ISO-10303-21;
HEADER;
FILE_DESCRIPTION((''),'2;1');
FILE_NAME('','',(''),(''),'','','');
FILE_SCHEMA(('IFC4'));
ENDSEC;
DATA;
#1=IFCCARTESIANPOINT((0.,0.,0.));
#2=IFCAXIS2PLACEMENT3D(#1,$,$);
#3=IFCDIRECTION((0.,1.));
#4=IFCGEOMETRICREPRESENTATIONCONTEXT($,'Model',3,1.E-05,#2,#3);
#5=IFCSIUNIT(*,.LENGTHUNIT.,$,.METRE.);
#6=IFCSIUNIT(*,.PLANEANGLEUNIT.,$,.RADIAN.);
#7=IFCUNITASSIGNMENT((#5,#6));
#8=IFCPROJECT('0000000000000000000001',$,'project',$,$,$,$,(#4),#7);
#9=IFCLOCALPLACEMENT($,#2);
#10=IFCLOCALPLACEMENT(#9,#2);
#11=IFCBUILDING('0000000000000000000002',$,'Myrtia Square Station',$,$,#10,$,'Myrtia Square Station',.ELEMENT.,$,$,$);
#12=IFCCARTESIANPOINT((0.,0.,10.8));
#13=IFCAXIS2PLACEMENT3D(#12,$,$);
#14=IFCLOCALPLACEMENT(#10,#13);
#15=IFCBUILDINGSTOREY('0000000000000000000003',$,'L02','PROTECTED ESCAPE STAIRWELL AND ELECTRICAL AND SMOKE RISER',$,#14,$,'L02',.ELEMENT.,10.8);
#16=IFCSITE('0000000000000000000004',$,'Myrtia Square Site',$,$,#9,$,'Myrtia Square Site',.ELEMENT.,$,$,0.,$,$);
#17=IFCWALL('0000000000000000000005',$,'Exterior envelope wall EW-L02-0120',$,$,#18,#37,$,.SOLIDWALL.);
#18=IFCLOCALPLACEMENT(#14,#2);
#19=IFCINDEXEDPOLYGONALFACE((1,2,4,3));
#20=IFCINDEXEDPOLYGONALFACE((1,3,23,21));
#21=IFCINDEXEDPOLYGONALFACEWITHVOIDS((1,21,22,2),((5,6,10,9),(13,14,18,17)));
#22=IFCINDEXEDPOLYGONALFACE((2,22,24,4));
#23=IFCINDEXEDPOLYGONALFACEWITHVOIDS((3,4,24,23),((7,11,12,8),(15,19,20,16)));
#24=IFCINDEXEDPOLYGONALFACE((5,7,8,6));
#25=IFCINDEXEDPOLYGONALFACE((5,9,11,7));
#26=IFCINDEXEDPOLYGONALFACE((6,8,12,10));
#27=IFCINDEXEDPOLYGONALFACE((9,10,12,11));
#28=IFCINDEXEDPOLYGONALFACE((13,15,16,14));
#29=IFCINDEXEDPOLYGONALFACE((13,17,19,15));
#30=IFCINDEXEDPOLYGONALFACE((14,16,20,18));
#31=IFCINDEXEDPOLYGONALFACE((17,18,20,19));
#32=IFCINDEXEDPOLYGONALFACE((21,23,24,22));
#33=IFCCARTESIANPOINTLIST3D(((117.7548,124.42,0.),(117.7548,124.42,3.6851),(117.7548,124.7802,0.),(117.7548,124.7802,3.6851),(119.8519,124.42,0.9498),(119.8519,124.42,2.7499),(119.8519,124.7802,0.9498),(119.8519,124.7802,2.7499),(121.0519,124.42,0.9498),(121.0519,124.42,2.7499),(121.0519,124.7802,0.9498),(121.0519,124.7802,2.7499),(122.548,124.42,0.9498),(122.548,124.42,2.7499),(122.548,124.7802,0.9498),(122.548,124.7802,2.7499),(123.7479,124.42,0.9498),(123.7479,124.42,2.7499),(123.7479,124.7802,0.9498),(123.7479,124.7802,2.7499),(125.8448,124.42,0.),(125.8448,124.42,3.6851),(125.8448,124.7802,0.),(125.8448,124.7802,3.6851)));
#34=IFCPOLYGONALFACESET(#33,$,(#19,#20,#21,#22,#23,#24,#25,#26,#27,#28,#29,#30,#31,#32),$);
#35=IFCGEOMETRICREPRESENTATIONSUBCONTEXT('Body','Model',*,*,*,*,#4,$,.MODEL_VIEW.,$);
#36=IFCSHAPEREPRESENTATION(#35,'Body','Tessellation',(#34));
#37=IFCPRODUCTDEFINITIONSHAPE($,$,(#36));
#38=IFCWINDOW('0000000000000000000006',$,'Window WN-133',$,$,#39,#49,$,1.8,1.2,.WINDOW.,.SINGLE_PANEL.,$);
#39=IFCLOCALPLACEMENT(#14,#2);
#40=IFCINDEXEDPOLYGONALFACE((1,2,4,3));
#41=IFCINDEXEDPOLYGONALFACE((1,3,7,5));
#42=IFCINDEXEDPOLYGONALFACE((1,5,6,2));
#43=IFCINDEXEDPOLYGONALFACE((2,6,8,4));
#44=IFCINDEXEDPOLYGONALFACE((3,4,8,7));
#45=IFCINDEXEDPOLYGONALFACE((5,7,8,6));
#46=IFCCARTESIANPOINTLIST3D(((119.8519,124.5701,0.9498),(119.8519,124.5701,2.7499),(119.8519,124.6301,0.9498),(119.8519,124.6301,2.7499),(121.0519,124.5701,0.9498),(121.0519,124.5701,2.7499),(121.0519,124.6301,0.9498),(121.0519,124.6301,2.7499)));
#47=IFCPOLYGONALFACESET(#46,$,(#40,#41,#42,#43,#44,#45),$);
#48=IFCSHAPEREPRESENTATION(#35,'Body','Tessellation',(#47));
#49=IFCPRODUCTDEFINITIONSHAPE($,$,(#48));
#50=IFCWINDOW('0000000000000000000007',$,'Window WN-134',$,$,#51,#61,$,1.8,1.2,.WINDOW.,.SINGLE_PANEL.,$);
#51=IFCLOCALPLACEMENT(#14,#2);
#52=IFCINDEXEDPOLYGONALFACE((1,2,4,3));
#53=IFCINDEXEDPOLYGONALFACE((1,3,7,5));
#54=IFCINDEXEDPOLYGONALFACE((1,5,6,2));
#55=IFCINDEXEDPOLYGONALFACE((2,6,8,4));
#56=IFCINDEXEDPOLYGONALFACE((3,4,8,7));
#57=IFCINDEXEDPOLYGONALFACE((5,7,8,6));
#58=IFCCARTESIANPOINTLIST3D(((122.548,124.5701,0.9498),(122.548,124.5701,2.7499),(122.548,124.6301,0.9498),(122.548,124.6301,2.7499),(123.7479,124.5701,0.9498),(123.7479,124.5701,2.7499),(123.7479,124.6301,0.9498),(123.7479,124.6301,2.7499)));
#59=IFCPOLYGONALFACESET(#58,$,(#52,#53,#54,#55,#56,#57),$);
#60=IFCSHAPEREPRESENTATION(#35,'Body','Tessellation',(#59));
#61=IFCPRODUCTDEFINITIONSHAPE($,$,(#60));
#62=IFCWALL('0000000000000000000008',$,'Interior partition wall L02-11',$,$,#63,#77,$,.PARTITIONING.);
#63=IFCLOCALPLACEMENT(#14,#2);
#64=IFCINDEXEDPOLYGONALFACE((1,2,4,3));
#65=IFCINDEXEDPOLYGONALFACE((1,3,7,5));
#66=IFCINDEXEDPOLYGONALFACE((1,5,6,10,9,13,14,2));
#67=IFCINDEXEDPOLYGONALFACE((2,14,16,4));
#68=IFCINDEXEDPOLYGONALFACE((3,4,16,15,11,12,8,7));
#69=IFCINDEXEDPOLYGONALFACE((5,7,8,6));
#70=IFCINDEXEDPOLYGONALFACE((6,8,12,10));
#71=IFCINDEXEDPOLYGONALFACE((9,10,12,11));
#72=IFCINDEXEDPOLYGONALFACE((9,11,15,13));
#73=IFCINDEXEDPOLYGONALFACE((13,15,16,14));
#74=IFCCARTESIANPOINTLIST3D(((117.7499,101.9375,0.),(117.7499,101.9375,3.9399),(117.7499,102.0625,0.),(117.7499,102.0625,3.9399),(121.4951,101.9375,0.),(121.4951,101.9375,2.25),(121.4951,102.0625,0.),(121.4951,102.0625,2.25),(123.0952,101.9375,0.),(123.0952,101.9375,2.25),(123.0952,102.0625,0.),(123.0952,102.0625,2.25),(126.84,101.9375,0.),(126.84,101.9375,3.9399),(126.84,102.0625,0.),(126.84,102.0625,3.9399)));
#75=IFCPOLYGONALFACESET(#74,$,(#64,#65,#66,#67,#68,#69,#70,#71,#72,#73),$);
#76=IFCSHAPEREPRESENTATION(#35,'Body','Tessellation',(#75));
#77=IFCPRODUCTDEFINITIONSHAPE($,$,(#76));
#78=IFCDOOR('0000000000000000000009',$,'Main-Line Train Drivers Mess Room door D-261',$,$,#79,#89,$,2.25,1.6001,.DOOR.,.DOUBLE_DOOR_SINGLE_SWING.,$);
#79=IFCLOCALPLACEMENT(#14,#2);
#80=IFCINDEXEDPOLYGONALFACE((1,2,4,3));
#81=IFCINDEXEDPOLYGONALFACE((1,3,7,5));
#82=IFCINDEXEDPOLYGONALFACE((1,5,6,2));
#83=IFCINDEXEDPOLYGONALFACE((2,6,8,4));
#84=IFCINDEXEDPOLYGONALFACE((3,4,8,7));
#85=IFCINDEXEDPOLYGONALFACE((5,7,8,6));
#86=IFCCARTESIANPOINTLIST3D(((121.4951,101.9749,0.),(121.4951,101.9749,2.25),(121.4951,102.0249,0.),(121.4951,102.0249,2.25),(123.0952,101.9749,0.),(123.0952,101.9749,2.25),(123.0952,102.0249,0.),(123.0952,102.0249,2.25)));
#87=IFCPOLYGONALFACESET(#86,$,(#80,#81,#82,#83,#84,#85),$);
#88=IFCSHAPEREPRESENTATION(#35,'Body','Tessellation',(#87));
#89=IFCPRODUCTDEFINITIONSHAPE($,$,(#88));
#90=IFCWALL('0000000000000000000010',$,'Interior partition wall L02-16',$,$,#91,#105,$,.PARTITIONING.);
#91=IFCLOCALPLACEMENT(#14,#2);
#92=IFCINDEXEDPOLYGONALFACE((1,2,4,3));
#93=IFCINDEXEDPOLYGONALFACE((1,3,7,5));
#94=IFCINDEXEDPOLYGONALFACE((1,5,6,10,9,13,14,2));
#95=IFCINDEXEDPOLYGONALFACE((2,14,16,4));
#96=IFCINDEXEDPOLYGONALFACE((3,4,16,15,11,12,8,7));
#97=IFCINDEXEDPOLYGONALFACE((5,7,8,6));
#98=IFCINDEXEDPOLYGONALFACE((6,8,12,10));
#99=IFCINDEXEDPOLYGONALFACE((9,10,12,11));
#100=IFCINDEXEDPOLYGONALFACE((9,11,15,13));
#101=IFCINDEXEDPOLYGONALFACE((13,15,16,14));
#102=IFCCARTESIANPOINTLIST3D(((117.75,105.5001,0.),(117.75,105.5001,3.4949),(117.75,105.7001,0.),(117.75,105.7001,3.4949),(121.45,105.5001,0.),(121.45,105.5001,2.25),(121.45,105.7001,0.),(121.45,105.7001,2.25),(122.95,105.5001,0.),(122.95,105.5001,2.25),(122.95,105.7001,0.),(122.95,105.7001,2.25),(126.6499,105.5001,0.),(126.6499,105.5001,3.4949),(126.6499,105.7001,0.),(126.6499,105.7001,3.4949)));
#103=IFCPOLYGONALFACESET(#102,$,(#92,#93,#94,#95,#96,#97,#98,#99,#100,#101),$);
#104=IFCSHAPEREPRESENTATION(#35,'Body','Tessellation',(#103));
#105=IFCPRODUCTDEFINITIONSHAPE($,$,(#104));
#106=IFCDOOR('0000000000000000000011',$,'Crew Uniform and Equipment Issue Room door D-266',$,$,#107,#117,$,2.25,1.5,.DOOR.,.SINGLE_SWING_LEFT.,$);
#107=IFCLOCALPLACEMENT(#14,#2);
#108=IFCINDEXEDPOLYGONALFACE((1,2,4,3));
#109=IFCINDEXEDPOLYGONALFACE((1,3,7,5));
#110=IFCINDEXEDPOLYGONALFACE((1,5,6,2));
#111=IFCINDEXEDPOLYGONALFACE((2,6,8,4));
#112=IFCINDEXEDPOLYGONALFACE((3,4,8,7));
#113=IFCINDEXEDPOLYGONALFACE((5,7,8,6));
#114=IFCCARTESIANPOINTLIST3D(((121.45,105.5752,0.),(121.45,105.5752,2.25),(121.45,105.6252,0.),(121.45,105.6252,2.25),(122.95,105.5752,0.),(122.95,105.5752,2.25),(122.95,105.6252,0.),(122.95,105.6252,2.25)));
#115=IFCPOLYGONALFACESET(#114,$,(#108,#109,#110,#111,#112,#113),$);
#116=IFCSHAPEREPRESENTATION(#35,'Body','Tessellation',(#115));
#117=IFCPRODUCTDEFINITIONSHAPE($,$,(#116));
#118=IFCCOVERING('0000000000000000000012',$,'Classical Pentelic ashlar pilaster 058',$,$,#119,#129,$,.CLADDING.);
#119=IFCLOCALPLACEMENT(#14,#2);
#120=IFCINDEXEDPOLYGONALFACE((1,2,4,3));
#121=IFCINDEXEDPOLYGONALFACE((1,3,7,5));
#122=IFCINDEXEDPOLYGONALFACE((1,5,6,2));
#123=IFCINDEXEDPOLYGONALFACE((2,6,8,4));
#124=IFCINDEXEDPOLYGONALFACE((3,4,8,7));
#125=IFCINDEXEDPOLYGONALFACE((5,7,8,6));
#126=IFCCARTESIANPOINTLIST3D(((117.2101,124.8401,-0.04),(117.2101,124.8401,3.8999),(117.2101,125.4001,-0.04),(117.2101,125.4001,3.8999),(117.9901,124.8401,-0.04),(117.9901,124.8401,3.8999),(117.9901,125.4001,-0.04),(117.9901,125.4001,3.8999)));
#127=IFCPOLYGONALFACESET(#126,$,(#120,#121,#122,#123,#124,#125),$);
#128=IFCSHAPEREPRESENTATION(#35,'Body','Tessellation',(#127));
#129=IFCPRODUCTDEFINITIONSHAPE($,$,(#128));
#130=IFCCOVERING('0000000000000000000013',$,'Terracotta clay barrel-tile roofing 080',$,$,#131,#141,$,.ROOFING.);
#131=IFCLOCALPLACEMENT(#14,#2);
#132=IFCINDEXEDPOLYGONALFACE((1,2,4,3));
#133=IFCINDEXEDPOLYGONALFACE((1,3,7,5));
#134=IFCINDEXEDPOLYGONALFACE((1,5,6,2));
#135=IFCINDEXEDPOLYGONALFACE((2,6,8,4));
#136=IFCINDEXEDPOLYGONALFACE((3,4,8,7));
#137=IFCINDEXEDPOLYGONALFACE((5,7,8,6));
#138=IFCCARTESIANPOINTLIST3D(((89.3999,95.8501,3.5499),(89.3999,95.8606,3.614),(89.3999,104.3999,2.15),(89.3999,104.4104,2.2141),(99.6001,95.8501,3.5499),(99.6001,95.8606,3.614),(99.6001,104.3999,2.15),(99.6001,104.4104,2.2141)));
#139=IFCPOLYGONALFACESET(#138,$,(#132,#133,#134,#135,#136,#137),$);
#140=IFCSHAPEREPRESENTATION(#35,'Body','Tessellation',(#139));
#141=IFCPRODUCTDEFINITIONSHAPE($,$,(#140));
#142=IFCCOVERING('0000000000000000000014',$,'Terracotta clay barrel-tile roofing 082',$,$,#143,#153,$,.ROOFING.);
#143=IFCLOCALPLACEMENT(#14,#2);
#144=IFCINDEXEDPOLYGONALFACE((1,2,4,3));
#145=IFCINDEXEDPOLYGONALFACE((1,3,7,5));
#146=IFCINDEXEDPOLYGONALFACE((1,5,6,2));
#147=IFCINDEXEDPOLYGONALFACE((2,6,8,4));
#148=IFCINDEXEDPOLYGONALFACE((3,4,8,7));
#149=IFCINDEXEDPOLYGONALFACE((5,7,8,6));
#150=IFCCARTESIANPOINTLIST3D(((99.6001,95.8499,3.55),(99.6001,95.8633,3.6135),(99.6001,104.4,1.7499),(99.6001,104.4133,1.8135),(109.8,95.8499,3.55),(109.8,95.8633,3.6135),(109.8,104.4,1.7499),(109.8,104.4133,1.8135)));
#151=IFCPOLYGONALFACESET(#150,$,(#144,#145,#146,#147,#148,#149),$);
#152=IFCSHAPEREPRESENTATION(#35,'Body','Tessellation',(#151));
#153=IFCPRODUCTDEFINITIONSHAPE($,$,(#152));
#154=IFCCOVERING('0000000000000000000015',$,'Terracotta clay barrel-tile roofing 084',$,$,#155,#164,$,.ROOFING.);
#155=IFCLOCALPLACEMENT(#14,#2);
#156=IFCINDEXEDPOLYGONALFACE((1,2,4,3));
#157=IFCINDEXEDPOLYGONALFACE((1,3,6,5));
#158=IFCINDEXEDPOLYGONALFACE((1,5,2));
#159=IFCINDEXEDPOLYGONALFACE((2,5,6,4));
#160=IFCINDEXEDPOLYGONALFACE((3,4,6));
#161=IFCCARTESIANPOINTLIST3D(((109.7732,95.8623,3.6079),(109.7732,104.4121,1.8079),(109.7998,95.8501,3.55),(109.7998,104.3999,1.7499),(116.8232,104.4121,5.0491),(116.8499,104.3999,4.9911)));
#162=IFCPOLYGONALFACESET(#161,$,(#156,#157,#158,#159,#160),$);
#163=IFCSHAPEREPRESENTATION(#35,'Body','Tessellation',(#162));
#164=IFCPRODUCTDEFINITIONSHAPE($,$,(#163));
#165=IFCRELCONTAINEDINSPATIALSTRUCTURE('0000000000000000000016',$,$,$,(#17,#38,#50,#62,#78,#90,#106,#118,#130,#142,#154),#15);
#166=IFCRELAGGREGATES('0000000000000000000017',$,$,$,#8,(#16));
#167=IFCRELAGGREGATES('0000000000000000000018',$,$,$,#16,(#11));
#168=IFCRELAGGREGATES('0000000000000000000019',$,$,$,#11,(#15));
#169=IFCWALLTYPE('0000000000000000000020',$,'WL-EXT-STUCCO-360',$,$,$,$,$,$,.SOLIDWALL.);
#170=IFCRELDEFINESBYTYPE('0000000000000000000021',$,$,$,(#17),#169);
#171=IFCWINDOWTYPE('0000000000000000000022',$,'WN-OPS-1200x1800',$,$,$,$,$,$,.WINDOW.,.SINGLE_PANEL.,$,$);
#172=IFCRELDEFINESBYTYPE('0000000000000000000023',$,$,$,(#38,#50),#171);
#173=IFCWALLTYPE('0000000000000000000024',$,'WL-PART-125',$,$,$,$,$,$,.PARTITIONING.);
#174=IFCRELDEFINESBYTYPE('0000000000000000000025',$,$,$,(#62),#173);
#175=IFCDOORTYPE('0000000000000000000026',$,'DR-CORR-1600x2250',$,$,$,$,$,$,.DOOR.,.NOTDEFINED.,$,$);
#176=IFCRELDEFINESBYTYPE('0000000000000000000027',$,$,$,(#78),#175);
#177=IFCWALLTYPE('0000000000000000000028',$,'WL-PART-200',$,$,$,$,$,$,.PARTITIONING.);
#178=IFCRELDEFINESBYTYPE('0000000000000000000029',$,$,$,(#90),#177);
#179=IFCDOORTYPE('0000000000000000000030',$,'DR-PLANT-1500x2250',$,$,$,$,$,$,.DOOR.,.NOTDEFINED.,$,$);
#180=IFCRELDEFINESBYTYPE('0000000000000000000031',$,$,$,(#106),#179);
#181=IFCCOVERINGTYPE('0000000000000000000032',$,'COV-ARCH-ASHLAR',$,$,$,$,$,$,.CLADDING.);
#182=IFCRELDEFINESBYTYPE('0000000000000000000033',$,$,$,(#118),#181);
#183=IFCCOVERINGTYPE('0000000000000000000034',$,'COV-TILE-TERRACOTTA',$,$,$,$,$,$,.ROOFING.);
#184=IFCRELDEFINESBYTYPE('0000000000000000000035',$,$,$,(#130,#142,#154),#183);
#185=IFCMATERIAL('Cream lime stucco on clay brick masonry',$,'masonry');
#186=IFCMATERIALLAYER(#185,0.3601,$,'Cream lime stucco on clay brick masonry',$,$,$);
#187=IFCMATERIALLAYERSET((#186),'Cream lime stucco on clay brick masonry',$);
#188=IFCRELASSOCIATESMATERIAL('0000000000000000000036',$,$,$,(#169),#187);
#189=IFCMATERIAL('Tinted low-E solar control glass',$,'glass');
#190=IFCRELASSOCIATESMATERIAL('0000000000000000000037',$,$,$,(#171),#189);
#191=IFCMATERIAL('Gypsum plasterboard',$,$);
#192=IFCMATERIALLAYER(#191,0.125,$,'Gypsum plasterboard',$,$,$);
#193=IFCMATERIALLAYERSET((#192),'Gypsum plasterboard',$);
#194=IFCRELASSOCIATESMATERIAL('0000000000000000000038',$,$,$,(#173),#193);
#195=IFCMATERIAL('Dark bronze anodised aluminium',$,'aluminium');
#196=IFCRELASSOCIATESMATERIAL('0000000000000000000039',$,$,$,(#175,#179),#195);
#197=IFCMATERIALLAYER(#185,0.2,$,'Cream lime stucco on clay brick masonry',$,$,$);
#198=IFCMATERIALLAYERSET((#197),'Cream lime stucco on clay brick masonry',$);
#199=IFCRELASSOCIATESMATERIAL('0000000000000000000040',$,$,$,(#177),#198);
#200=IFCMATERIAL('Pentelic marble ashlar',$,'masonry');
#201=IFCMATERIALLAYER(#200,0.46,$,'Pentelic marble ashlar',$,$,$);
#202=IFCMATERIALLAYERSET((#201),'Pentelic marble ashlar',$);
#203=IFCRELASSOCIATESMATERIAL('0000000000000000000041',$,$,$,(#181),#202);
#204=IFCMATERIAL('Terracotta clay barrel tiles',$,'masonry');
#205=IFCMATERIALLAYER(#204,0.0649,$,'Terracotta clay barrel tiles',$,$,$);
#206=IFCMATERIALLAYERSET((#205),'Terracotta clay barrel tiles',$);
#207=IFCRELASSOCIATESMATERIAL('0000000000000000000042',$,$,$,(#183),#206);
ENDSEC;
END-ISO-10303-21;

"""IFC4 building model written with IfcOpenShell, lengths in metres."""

from ifc_helpers import new_model, si_unit, direction, frame, frame_2d, origin, origin_2d, place, context, subcontext, project, spatial, polyline, rectangle, outline, extrude, material, layer, layer_set, type_object, element, fill, save


model = new_model("IFC4")

# Units and contexts
model_context = context("Model", 3, precision=1e-05, world=origin(), true_north=direction((0.0, 1.0)))
body_context = subcontext(model_context, "Body", "Model", "MODEL_VIEW")
ifc_project = project(units=[si_unit("LENGTHUNIT", "METRE"), si_unit("PLANEANGLEUNIT", "RADIAN")], contexts=[model_context])

# Site, building, storey
site_placement = place(None, origin())
site = spatial("IfcSite", under=ifc_project, at=site_placement, Name="Myrtia Square Site", LongName="Myrtia Square Site", CompositionType="ELEMENT", RefElevation=0.0)
building_placement = place(site_placement, origin())
building = spatial("IfcBuilding", under=site, at=building_placement, Name="Myrtia Square Station", LongName="Myrtia Square Station", CompositionType="ELEMENT")
storey_placement = place(building_placement, frame((0.0, 0.0, 10.8)))
storey = spatial("IfcBuildingStorey", under=building, at=storey_placement, Name="L02", Description="PROTECTED ESCAPE STAIRWELL AND ELECTRICAL AND SMOKE RISER", LongName="L02", CompositionType="ELEMENT", Elevation=10.8)

# Wall, openings, windows
ifc_material_1 = material(Name="Cream lime stucco on clay brick masonry", Category="masonry")
ifc_layer_1 = layer(ifc_material_1, 0.3601, Name="Cream lime stucco on clay brick masonry")
ifc_layer_set_1 = layer_set([ifc_layer_1], Name="Cream lime stucco on clay brick masonry")
wall_type_1 = type_object("IfcWallType", Name="WL-EXT-STUCCO-360", PredefinedType="SOLIDWALL", material=ifc_layer_set_1)
wall_1_placement = place(storey_placement, frame((117.7549, 124.6001, 0.0), z_axis=(0.0, 0.0, 1.0), x_axis=(1.0, 0.0, 0.0)))
wall_1 = element("IfcWall", 1, at=wall_1_placement, inside=storey, type_object=wall_type_1, Name="Exterior envelope wall EW-L02-0120", PredefinedType="SOLIDWALL", context=body_context, shape_type="SweptSolid", body=[
    extrude(rectangle(XDim=8.0901, YDim=0.3601, at=frame_2d((4.0449, 0.0))), origin(), (0.0, 0.0, 1.0), 3.6851),
])
opening_1_placement = place(wall_1_placement, frame((2.0969, 0.0, 0.95)))
opening_1 = element("IfcOpeningElement", 2, at=opening_1_placement, cuts=wall_1, PredefinedType="OPENING", context=body_context, shape_type="SweptSolid", body=[
    extrude(rectangle(XDim=1.2, YDim=1.8, at=frame_2d((0.6001, 0.8999))), frame((0.0, 0.1951, 0.0), z_axis=(0.0, -1.0, 0.0), x_axis=(1.0, 0.0, 0.0)), (0.0, 0.0, 1.0), 0.3901),
])
opening_2_placement = place(wall_1_placement, frame((4.793, 0.0, 0.95)))
opening_2 = element("IfcOpeningElement", 3, at=opening_2_placement, cuts=wall_1, PredefinedType="OPENING", context=body_context, shape_type="SweptSolid", body=[
    extrude(rectangle(XDim=1.2, YDim=1.8, at=frame_2d((0.6001, 0.8999))), frame((0.0, 0.1951, 0.0), z_axis=(0.0, -1.0, 0.0), x_axis=(1.0, 0.0, 0.0)), (0.0, 0.0, 1.0), 0.3901),
])
ifc_material_2 = material(Name="Tinted low-E solar control glass", Category="glass")
window_type = type_object("IfcWindowType", Name="WN-OPS-1200x1800", PartitioningType="SINGLE_PANEL", PredefinedType="WINDOW", material=ifc_material_2)
window_1_placement = place(opening_1_placement, origin())
window_1 = element("IfcWindow", 4, at=window_1_placement, inside=storey, type_object=window_type, Name="Window WN-133", OverallHeight=1.8, OverallWidth=1.2, PartitioningType="SINGLE_PANEL", PredefinedType="WINDOW", context=body_context, shape_type="SweptSolid", body=[
    extrude(rectangle(XDim=1.2, YDim=1.8, at=frame_2d((0.6001, 0.8999))), frame((0.0, 0.03, 0.0), z_axis=(0.0, -1.0, 0.0), x_axis=(1.0, 0.0, 0.0)), (0.0, 0.0, 1.0), 0.0601),
])
fill(opening_1, window_1)
window_2_placement = place(opening_2_placement, origin())
window_2 = element("IfcWindow", 5, at=window_2_placement, inside=storey, type_object=window_type, Name="Window WN-134", OverallHeight=1.8, OverallWidth=1.2, PartitioningType="SINGLE_PANEL", PredefinedType="WINDOW", context=body_context, shape_type="SweptSolid", body=[
    extrude(rectangle(XDim=1.2, YDim=1.8, at=frame_2d((0.6001, 0.8999))), frame((0.0, 0.03, 0.0), z_axis=(0.0, -1.0, 0.0), x_axis=(1.0, 0.0, 0.0)), (0.0, 0.0, 1.0), 0.0601),
])
fill(opening_2, window_2)

# Walls, openings, doors
ifc_material_3 = material(Name="Gypsum plasterboard")
ifc_layer_2 = layer(ifc_material_3, 0.125, Name="Gypsum plasterboard")
ifc_layer_set_2 = layer_set([ifc_layer_2], Name="Gypsum plasterboard")
wall_type_2 = type_object("IfcWallType", Name="WL-PART-125", PredefinedType="PARTITIONING", material=ifc_layer_set_2)
wall_2_placement = place(storey_placement, frame((117.75, 102.0, 0.0), z_axis=(0.0, 0.0, 1.0), x_axis=(1.0, 0.0, 0.0)))
wall_2 = element("IfcWall", 6, at=wall_2_placement, inside=storey, type_object=wall_type_2, Name="Interior partition wall L02-11", PredefinedType="PARTITIONING", context=body_context, shape_type="SweptSolid", body=[
    extrude(rectangle(XDim=9.0901, YDim=0.125, at=frame_2d((4.5449, 0.0))), origin(), (0.0, 0.0, 1.0), 3.9399),
])
opening_3_placement = place(wall_2_placement, frame((3.7451, 0.0, 0.0)))
opening_3 = element("IfcOpeningElement", 7, at=opening_3_placement, cuts=wall_2, PredefinedType="OPENING", context=body_context, shape_type="SweptSolid", body=[
    extrude(rectangle(XDim=1.6001, YDim=2.25, at=frame_2d((0.8, 1.125))), frame((0.0, 0.0774, 0.0), z_axis=(0.0, -1.0, 0.0), x_axis=(1.0, 0.0, 0.0)), (0.0, 0.0, 1.0), 0.155),
])
ifc_material_4 = material(Name="Dark bronze anodised aluminium", Category="aluminium")
door_type_1 = type_object("IfcDoorType", Name="DR-CORR-1600x2250", OperationType="NOTDEFINED", PredefinedType="DOOR", material=ifc_material_4)
door_1_placement = place(opening_3_placement, origin())
door_1 = element("IfcDoor", 8, at=door_1_placement, inside=storey, type_object=door_type_1, Name="Main-Line Train Drivers Mess Room door D-261", OperationType="DOUBLE_DOOR_SINGLE_SWING", OverallHeight=2.25, OverallWidth=1.6001, PredefinedType="DOOR", context=body_context, shape_type="SweptSolid", body=[
    extrude(rectangle(XDim=1.6001, YDim=2.25, at=frame_2d((0.8, 1.125))), frame((0.0, 0.0249, 0.0), z_axis=(0.0, -1.0, 0.0), x_axis=(1.0, 0.0, 0.0)), (0.0, 0.0, 1.0), 0.05),
])
fill(opening_3, door_1)
ifc_layer_3 = layer(ifc_material_1, 0.2, Name="Cream lime stucco on clay brick masonry")
ifc_layer_set_3 = layer_set([ifc_layer_3], Name="Cream lime stucco on clay brick masonry")
wall_type_3 = type_object("IfcWallType", Name="WL-PART-200", PredefinedType="PARTITIONING", material=ifc_layer_set_3)
wall_3_placement = place(storey_placement, frame((117.75, 105.6001, 0.0), z_axis=(0.0, 0.0, 1.0), x_axis=(1.0, 0.0, 0.0)))
wall_3 = element("IfcWall", 9, at=wall_3_placement, inside=storey, type_object=wall_type_3, Name="Interior partition wall L02-16", PredefinedType="PARTITIONING", context=body_context, shape_type="SweptSolid", body=[
    extrude(rectangle(XDim=8.8999, YDim=0.2, at=frame_2d((4.45, 0.0))), origin(), (0.0, 0.0, 1.0), 3.4949),
])
opening_4_placement = place(wall_3_placement, frame((3.7, 0.0, 0.0)))
opening_4 = element("IfcOpeningElement", 10, at=opening_4_placement, cuts=wall_3, PredefinedType="OPENING", context=body_context, shape_type="SweptSolid", body=[
    extrude(rectangle(XDim=1.5, YDim=2.25, at=frame_2d((0.75, 1.125))), frame((0.0, 0.115, 0.0), z_axis=(0.0, -1.0, 0.0), x_axis=(1.0, 0.0, 0.0)), (0.0, 0.0, 1.0), 0.23),
])
door_type_2 = type_object("IfcDoorType", Name="DR-PLANT-1500x2250", OperationType="NOTDEFINED", PredefinedType="DOOR", material=ifc_material_4)
door_2_placement = place(opening_4_placement, frame((1.5, 0.0, 0.0), z_axis=(0.0, 0.0, 1.0), x_axis=(-1.0, 0.0, 0.0)))
door_2 = element("IfcDoor", 11, at=door_2_placement, inside=storey, type_object=door_type_2, Name="Crew Uniform and Equipment Issue Room door D-266", OperationType="SINGLE_SWING_LEFT", OverallHeight=2.25, OverallWidth=1.5, PredefinedType="DOOR", context=body_context, shape_type="SweptSolid", body=[
    extrude(rectangle(XDim=1.5, YDim=2.25, at=frame_2d((0.75, 1.125))), frame((0.0, 0.0249, 0.0), z_axis=(0.0, -1.0, 0.0), x_axis=(1.0, 0.0, 0.0)), (0.0, 0.0, 1.0), 0.05),
])
fill(opening_4, door_2)

# Coverings
ifc_material_5 = material(Name="Pentelic marble ashlar", Category="masonry")
ifc_layer_4 = layer(ifc_material_5, 0.46, Name="Pentelic marble ashlar")
ifc_layer_set_4 = layer_set([ifc_layer_4], Name="Pentelic marble ashlar")
covering_type_1 = type_object("IfcCoveringType", Name="COV-ARCH-ASHLAR", PredefinedType="CLADDING", material=ifc_layer_set_4)
covering_1_placement = place(storey_placement, frame((117.6001, 125.1201, -0.04), z_axis=(0.0, 0.0, 1.0), x_axis=(1.0, 0.0, 0.0)))
element("IfcCovering", 12, at=covering_1_placement, inside=storey, type_object=covering_type_1, Name="Classical Pentelic ashlar pilaster 058", PredefinedType="CLADDING", context=body_context, shape_type="SweptSolid", body=[
    extrude(rectangle(XDim=0.78, YDim=0.5601, at=origin_2d()), origin(), (0.0, 0.0, 1.0), 3.9399),
])
ifc_material_6 = material(Name="Terracotta clay barrel tiles", Category="masonry")
ifc_layer_5 = layer(ifc_material_6, 0.0649, Name="Terracotta clay barrel tiles")
ifc_layer_set_5 = layer_set([ifc_layer_5], Name="Terracotta clay barrel tiles")
covering_type_2 = type_object("IfcCoveringType", Name="COV-TILE-TERRACOTTA", PredefinedType="ROOFING", material=ifc_layer_set_5)
covering_2_placement = place(storey_placement, frame((99.6001, 104.4104, 2.2141), z_axis=(0.0, 0.161583, 0.986859), x_axis=(-1.0, 0.0, 0.0)))
element("IfcCovering", 13, at=covering_2_placement, inside=storey, type_object=covering_type_2, Name="Terracotta clay barrel-tile roofing 080", PredefinedType="ROOFING", context=body_context, shape_type="SweptSolid", body=[
    extrude(outline(polyline([(0.0, 0.0), (10.2002, 0.0), (10.2002, 8.6637), (0.0, 8.6637), (0.0, 0.0)])), origin(), (0.0, 0.0, -1.0), 0.0649),
])
covering_3_placement = place(storey_placement, frame((109.8, 104.4133, 1.8135), z_axis=(0.0, 0.206015, 0.978549), x_axis=(-1.0, 0.0, 0.0)))
element("IfcCovering", 14, at=covering_3_placement, inside=storey, type_object=covering_type_2, Name="Terracotta clay barrel-tile roofing 082", PredefinedType="ROOFING", context=body_context, shape_type="SweptSolid", body=[
    extrude(outline(polyline([(0.0, 0.0), (10.2, 0.0), (10.2, 8.7375), (0.0, 8.7375), (0.0, 0.0)])), origin(), (0.0, 0.0, -1.0), 0.0649),
])
covering_4_placement = place(storey_placement, frame((116.8232, 104.4121, 5.0491), z_axis=(-0.410274, 0.187883, 0.892399), x_axis=(-0.908579, 0.0, -0.417713)))
element("IfcCovering", 15, at=covering_4_placement, inside=storey, type_object=covering_type_2, Name="Terracotta clay barrel-tile roofing 084", PredefinedType="ROOFING", context=body_context, shape_type="SweptSolid", body=[
    extrude(outline(polyline([(0.0, 0.0), (7.7594, 0.0), (7.0075, 8.7048), (0.0, 0.0)])), origin(), (0.0, 0.0, -1.0), 0.0649),
])

save(model, "model.ifc")
